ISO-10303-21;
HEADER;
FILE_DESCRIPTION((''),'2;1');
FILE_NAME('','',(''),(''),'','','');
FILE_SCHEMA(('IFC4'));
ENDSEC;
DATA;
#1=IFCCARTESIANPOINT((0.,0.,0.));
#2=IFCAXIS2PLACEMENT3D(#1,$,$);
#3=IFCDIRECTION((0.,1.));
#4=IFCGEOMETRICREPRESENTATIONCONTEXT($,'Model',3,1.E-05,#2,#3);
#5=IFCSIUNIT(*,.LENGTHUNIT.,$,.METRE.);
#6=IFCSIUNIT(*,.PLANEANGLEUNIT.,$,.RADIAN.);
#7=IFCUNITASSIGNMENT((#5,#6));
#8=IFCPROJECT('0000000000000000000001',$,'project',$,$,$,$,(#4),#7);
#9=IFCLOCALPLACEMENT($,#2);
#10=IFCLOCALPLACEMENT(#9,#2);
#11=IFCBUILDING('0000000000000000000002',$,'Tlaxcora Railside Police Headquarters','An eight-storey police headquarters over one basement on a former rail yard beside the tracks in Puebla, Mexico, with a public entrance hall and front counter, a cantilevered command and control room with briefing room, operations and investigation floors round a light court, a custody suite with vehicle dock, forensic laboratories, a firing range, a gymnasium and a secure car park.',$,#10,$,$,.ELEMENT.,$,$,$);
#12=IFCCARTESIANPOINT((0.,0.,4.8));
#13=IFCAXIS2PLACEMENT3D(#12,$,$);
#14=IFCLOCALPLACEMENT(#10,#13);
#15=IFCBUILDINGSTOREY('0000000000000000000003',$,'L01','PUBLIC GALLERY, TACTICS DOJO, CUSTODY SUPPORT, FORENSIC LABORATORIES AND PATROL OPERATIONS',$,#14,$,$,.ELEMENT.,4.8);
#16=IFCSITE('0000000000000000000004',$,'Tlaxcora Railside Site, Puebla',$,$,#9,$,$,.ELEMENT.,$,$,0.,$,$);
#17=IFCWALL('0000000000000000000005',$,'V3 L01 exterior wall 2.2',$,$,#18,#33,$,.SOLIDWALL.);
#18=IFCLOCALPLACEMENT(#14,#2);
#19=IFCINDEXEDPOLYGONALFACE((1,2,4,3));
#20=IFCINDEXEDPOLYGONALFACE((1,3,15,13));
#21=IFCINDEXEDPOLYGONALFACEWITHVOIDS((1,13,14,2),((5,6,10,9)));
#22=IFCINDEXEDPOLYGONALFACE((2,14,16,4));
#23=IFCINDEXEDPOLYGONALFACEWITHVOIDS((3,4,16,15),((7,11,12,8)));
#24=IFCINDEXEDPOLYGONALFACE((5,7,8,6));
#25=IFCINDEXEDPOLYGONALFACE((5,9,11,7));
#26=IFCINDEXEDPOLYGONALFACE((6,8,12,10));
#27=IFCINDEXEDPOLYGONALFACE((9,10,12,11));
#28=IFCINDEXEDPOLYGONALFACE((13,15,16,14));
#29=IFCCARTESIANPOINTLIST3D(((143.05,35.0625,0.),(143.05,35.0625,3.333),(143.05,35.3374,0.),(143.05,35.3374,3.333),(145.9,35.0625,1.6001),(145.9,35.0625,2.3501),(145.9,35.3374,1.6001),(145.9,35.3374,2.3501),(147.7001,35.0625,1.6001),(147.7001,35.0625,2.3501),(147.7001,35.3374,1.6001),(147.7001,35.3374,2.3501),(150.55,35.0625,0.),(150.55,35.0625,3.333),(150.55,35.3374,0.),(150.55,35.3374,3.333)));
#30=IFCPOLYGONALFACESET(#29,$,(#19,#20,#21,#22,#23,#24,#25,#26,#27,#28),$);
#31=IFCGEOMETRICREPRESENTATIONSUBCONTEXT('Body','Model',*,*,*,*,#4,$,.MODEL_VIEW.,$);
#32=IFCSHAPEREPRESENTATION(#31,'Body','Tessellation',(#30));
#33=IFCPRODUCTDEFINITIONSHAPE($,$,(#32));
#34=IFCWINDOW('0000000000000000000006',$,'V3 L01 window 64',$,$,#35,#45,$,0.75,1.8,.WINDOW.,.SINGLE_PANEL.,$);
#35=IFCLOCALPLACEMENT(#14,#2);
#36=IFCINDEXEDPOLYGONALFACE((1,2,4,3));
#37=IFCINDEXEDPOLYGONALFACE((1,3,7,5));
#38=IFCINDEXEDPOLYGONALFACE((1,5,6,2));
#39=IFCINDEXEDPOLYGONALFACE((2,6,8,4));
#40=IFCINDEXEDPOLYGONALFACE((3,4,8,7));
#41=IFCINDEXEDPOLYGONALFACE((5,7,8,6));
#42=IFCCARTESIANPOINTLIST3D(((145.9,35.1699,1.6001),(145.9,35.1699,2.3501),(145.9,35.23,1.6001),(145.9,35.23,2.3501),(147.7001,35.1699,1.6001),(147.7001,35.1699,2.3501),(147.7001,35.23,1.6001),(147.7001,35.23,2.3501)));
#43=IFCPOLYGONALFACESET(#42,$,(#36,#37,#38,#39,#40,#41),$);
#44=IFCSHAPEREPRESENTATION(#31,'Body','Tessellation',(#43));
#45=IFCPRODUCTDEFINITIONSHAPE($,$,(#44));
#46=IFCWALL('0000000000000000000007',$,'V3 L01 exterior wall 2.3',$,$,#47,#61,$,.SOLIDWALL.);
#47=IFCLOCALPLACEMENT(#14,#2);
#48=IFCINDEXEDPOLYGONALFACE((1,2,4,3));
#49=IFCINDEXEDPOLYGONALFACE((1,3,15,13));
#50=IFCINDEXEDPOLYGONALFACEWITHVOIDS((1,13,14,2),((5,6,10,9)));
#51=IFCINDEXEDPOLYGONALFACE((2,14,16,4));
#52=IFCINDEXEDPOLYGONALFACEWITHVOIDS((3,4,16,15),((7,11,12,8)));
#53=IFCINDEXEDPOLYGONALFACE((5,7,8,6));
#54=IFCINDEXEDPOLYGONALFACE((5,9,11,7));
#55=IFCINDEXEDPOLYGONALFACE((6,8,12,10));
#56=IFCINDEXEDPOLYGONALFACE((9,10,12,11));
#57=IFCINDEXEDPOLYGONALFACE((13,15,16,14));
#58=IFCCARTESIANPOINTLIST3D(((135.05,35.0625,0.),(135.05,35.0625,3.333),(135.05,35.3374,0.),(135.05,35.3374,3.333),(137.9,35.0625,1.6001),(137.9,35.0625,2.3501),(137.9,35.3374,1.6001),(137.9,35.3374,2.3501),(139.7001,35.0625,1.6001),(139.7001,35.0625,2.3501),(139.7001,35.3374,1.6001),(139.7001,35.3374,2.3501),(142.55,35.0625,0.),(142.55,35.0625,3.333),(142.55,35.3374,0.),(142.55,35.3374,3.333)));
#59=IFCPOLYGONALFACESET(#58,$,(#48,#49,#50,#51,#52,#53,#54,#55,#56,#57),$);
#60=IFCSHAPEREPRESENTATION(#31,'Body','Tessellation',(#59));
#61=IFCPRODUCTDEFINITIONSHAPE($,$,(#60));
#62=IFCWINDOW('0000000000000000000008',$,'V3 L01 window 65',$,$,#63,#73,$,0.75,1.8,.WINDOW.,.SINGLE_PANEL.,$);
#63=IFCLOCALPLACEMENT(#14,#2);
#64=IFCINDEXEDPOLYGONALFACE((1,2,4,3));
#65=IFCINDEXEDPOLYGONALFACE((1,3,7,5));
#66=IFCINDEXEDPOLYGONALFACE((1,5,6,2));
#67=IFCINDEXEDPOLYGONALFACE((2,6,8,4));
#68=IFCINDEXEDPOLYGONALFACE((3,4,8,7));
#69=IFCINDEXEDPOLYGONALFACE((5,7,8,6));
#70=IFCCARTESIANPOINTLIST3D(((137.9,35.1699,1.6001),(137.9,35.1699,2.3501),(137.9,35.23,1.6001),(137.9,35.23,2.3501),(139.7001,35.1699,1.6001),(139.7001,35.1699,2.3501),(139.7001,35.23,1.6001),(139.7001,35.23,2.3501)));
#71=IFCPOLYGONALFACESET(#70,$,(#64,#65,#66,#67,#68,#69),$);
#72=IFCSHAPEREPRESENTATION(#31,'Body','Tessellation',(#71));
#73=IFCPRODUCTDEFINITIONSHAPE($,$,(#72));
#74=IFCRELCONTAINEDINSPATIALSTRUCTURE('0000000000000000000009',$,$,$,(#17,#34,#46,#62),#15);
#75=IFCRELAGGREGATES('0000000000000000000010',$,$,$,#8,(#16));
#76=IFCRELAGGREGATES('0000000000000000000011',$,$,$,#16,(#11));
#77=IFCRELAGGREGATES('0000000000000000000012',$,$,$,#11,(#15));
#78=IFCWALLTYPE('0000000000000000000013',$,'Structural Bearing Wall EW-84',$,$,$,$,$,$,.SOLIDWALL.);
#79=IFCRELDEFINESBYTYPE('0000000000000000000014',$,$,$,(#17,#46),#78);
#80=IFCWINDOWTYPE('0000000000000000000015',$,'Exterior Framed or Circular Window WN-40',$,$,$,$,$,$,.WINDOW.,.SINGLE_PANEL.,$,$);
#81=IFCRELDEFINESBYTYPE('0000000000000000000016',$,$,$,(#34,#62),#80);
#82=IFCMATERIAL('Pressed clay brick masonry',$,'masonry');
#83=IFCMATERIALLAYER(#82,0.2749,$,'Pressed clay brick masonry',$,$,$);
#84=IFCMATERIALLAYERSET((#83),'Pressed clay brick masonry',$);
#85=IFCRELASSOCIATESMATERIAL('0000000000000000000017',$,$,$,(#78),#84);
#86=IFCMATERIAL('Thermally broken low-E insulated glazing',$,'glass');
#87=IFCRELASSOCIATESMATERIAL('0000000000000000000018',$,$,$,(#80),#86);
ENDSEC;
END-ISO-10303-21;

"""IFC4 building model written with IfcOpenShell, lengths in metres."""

from ifc_helpers import new_model, si_unit, direction, frame, frame_2d, origin, place, context, subcontext, project, spatial, rectangle, extrude, material, layer, layer_set, type_object, element, fill, save


model = new_model("IFC4")

# Units and contexts
model_context = context("Model", 3, precision=1e-05, world=origin(), true_north=direction((0.0, 1.0)))
body_context = subcontext(model_context, "Body", "Model", "MODEL_VIEW")
ifc_project = project(units=[si_unit("LENGTHUNIT", "METRE"), si_unit("PLANEANGLEUNIT", "RADIAN")], contexts=[model_context])

# Site, building, storey
site_placement = place(None, origin())
site = spatial("IfcSite", under=ifc_project, at=site_placement, Name="Tlaxcora Railside Site, Puebla", CompositionType="ELEMENT", RefElevation=0.0)
building_placement = place(site_placement, origin())
building = spatial("IfcBuilding", under=site, at=building_placement, Name="Tlaxcora Railside Police Headquarters", Description="An eight-storey police headquarters over one basement on a former rail yard beside the tracks in Puebla, Mexico, with a public entrance hall and front counter, a cantilevered command and control room with briefing room, operations and investigation floors round a light court, a custody suite with vehicle dock, forensic laboratories, a firing range, a gymnasium and a secure car park.", CompositionType="ELEMENT")
storey_placement = place(building_placement, frame((0.0, 0.0, 4.8)))
storey = spatial("IfcBuildingStorey", under=building, at=storey_placement, Name="L01", Description="PUBLIC GALLERY, TACTICS DOJO, CUSTODY SUPPORT, FORENSIC LABORATORIES AND PATROL OPERATIONS", CompositionType="ELEMENT", Elevation=4.8)

# Shared definitions
ifc_material_1 = material(Name="Thermally broken low-E insulated glazing", Category="glass")

# Walls, openings, windows
ifc_material_2 = material(Name="Pressed clay brick masonry", Category="masonry")
ifc_layer_1 = layer(ifc_material_2, 0.2749, Name="Pressed clay brick masonry")
ifc_layer_set_1 = layer_set([ifc_layer_1], Name="Pressed clay brick masonry")
wall_type_1 = type_object("IfcWallType", Name="Structural Bearing Wall EW-84", PredefinedType="SOLIDWALL", material=ifc_layer_set_1)
wall_1_placement = place(storey_placement, frame((150.55, 35.2, 0.0), z_axis=(0.0, 0.0, 1.0), x_axis=(-1.0, 0.0, 0.0)))
wall_1 = element("IfcWall", 1, at=wall_1_placement, inside=storey, type_object=wall_type_1, Name="V3 L01 exterior wall 2.2", PredefinedType="SOLIDWALL", context=body_context, shape_type="SweptSolid", body=[
    extrude(rectangle(XDim=7.5, YDim=0.2749, at=frame_2d((3.75, 0.0))), origin(), (0.0, 0.0, 1.0), 3.333),
])
opening_1_placement = place(wall_1_placement, frame((2.8501, 0.0, 1.6001)))
opening_1 = element("IfcOpeningElement", 2, at=opening_1_placement, cuts=wall_1, PredefinedType="OPENING", context=body_context, shape_type="SweptSolid", body=[
    extrude(rectangle(XDim=1.8, YDim=0.75, at=frame_2d((0.8999, 0.375))), frame((0.0, 0.1475, 0.0), z_axis=(0.0, -1.0, 0.0), x_axis=(1.0, 0.0, 0.0)), (0.0, 0.0, 1.0), 0.2949),
])
window_type_1 = type_object("IfcWindowType", Name="Exterior Framed or Circular Window WN-40", PartitioningType="SINGLE_PANEL", PredefinedType="WINDOW", material=ifc_material_1)
window_1_placement = place(opening_1_placement, origin())
window_1 = element("IfcWindow", 3, at=window_1_placement, inside=storey, type_object=window_type_1, Name="V3 L01 window 64", OverallHeight=0.75, OverallWidth=1.8, PartitioningType="SINGLE_PANEL", PredefinedType="WINDOW", context=body_context, shape_type="SweptSolid", body=[
    extrude(rectangle(XDim=1.8, YDim=0.75, at=frame_2d((0.8999, 0.375))), frame((0.0, 0.03, 0.0), z_axis=(0.0, -1.0, 0.0), x_axis=(1.0, 0.0, 0.0)), (0.0, 0.0, 1.0), 0.0601),
])
fill(opening_1, window_1)
wall_2_placement = place(storey_placement, frame((142.55, 35.2, 0.0), z_axis=(0.0, 0.0, 1.0), x_axis=(-1.0, 0.0, 0.0)))
wall_2 = element("IfcWall", 4, at=wall_2_placement, inside=storey, type_object=wall_type_1, Name="V3 L01 exterior wall 2.3", PredefinedType="SOLIDWALL", context=body_context, shape_type="SweptSolid", body=[
    extrude(rectangle(XDim=7.5, YDim=0.2749, at=frame_2d((3.75, 0.0))), origin(), (0.0, 0.0, 1.0), 3.333),
])
opening_2_placement = place(wall_2_placement, frame((2.8501, 0.0, 1.6001)))
opening_2 = element("IfcOpeningElement", 5, at=opening_2_placement, cuts=wall_2, PredefinedType="OPENING", context=body_context, shape_type="SweptSolid", body=[
    extrude(rectangle(XDim=1.8, YDim=0.75, at=frame_2d((0.8999, 0.375))), frame((0.0, 0.1475, 0.0), z_axis=(0.0, -1.0, 0.0), x_axis=(1.0, 0.0, 0.0)), (0.0, 0.0, 1.0), 0.2949),
])
window_2_placement = place(opening_2_placement, origin())
window_2 = element("IfcWindow", 6, at=window_2_placement, inside=storey, type_object=window_type_1, Name="V3 L01 window 65", OverallHeight=0.75, OverallWidth=1.8, PartitioningType="SINGLE_PANEL", PredefinedType="WINDOW", context=body_context, shape_type="SweptSolid", body=[
    extrude(rectangle(XDim=1.8, YDim=0.75, at=frame_2d((0.8999, 0.375))), frame((0.0, 0.03, 0.0), z_axis=(0.0, -1.0, 0.0), x_axis=(1.0, 0.0, 0.0)), (0.0, 0.0, 1.0), 0.0601),
])
fill(opening_2, window_2)

save(model, "model.ifc")
